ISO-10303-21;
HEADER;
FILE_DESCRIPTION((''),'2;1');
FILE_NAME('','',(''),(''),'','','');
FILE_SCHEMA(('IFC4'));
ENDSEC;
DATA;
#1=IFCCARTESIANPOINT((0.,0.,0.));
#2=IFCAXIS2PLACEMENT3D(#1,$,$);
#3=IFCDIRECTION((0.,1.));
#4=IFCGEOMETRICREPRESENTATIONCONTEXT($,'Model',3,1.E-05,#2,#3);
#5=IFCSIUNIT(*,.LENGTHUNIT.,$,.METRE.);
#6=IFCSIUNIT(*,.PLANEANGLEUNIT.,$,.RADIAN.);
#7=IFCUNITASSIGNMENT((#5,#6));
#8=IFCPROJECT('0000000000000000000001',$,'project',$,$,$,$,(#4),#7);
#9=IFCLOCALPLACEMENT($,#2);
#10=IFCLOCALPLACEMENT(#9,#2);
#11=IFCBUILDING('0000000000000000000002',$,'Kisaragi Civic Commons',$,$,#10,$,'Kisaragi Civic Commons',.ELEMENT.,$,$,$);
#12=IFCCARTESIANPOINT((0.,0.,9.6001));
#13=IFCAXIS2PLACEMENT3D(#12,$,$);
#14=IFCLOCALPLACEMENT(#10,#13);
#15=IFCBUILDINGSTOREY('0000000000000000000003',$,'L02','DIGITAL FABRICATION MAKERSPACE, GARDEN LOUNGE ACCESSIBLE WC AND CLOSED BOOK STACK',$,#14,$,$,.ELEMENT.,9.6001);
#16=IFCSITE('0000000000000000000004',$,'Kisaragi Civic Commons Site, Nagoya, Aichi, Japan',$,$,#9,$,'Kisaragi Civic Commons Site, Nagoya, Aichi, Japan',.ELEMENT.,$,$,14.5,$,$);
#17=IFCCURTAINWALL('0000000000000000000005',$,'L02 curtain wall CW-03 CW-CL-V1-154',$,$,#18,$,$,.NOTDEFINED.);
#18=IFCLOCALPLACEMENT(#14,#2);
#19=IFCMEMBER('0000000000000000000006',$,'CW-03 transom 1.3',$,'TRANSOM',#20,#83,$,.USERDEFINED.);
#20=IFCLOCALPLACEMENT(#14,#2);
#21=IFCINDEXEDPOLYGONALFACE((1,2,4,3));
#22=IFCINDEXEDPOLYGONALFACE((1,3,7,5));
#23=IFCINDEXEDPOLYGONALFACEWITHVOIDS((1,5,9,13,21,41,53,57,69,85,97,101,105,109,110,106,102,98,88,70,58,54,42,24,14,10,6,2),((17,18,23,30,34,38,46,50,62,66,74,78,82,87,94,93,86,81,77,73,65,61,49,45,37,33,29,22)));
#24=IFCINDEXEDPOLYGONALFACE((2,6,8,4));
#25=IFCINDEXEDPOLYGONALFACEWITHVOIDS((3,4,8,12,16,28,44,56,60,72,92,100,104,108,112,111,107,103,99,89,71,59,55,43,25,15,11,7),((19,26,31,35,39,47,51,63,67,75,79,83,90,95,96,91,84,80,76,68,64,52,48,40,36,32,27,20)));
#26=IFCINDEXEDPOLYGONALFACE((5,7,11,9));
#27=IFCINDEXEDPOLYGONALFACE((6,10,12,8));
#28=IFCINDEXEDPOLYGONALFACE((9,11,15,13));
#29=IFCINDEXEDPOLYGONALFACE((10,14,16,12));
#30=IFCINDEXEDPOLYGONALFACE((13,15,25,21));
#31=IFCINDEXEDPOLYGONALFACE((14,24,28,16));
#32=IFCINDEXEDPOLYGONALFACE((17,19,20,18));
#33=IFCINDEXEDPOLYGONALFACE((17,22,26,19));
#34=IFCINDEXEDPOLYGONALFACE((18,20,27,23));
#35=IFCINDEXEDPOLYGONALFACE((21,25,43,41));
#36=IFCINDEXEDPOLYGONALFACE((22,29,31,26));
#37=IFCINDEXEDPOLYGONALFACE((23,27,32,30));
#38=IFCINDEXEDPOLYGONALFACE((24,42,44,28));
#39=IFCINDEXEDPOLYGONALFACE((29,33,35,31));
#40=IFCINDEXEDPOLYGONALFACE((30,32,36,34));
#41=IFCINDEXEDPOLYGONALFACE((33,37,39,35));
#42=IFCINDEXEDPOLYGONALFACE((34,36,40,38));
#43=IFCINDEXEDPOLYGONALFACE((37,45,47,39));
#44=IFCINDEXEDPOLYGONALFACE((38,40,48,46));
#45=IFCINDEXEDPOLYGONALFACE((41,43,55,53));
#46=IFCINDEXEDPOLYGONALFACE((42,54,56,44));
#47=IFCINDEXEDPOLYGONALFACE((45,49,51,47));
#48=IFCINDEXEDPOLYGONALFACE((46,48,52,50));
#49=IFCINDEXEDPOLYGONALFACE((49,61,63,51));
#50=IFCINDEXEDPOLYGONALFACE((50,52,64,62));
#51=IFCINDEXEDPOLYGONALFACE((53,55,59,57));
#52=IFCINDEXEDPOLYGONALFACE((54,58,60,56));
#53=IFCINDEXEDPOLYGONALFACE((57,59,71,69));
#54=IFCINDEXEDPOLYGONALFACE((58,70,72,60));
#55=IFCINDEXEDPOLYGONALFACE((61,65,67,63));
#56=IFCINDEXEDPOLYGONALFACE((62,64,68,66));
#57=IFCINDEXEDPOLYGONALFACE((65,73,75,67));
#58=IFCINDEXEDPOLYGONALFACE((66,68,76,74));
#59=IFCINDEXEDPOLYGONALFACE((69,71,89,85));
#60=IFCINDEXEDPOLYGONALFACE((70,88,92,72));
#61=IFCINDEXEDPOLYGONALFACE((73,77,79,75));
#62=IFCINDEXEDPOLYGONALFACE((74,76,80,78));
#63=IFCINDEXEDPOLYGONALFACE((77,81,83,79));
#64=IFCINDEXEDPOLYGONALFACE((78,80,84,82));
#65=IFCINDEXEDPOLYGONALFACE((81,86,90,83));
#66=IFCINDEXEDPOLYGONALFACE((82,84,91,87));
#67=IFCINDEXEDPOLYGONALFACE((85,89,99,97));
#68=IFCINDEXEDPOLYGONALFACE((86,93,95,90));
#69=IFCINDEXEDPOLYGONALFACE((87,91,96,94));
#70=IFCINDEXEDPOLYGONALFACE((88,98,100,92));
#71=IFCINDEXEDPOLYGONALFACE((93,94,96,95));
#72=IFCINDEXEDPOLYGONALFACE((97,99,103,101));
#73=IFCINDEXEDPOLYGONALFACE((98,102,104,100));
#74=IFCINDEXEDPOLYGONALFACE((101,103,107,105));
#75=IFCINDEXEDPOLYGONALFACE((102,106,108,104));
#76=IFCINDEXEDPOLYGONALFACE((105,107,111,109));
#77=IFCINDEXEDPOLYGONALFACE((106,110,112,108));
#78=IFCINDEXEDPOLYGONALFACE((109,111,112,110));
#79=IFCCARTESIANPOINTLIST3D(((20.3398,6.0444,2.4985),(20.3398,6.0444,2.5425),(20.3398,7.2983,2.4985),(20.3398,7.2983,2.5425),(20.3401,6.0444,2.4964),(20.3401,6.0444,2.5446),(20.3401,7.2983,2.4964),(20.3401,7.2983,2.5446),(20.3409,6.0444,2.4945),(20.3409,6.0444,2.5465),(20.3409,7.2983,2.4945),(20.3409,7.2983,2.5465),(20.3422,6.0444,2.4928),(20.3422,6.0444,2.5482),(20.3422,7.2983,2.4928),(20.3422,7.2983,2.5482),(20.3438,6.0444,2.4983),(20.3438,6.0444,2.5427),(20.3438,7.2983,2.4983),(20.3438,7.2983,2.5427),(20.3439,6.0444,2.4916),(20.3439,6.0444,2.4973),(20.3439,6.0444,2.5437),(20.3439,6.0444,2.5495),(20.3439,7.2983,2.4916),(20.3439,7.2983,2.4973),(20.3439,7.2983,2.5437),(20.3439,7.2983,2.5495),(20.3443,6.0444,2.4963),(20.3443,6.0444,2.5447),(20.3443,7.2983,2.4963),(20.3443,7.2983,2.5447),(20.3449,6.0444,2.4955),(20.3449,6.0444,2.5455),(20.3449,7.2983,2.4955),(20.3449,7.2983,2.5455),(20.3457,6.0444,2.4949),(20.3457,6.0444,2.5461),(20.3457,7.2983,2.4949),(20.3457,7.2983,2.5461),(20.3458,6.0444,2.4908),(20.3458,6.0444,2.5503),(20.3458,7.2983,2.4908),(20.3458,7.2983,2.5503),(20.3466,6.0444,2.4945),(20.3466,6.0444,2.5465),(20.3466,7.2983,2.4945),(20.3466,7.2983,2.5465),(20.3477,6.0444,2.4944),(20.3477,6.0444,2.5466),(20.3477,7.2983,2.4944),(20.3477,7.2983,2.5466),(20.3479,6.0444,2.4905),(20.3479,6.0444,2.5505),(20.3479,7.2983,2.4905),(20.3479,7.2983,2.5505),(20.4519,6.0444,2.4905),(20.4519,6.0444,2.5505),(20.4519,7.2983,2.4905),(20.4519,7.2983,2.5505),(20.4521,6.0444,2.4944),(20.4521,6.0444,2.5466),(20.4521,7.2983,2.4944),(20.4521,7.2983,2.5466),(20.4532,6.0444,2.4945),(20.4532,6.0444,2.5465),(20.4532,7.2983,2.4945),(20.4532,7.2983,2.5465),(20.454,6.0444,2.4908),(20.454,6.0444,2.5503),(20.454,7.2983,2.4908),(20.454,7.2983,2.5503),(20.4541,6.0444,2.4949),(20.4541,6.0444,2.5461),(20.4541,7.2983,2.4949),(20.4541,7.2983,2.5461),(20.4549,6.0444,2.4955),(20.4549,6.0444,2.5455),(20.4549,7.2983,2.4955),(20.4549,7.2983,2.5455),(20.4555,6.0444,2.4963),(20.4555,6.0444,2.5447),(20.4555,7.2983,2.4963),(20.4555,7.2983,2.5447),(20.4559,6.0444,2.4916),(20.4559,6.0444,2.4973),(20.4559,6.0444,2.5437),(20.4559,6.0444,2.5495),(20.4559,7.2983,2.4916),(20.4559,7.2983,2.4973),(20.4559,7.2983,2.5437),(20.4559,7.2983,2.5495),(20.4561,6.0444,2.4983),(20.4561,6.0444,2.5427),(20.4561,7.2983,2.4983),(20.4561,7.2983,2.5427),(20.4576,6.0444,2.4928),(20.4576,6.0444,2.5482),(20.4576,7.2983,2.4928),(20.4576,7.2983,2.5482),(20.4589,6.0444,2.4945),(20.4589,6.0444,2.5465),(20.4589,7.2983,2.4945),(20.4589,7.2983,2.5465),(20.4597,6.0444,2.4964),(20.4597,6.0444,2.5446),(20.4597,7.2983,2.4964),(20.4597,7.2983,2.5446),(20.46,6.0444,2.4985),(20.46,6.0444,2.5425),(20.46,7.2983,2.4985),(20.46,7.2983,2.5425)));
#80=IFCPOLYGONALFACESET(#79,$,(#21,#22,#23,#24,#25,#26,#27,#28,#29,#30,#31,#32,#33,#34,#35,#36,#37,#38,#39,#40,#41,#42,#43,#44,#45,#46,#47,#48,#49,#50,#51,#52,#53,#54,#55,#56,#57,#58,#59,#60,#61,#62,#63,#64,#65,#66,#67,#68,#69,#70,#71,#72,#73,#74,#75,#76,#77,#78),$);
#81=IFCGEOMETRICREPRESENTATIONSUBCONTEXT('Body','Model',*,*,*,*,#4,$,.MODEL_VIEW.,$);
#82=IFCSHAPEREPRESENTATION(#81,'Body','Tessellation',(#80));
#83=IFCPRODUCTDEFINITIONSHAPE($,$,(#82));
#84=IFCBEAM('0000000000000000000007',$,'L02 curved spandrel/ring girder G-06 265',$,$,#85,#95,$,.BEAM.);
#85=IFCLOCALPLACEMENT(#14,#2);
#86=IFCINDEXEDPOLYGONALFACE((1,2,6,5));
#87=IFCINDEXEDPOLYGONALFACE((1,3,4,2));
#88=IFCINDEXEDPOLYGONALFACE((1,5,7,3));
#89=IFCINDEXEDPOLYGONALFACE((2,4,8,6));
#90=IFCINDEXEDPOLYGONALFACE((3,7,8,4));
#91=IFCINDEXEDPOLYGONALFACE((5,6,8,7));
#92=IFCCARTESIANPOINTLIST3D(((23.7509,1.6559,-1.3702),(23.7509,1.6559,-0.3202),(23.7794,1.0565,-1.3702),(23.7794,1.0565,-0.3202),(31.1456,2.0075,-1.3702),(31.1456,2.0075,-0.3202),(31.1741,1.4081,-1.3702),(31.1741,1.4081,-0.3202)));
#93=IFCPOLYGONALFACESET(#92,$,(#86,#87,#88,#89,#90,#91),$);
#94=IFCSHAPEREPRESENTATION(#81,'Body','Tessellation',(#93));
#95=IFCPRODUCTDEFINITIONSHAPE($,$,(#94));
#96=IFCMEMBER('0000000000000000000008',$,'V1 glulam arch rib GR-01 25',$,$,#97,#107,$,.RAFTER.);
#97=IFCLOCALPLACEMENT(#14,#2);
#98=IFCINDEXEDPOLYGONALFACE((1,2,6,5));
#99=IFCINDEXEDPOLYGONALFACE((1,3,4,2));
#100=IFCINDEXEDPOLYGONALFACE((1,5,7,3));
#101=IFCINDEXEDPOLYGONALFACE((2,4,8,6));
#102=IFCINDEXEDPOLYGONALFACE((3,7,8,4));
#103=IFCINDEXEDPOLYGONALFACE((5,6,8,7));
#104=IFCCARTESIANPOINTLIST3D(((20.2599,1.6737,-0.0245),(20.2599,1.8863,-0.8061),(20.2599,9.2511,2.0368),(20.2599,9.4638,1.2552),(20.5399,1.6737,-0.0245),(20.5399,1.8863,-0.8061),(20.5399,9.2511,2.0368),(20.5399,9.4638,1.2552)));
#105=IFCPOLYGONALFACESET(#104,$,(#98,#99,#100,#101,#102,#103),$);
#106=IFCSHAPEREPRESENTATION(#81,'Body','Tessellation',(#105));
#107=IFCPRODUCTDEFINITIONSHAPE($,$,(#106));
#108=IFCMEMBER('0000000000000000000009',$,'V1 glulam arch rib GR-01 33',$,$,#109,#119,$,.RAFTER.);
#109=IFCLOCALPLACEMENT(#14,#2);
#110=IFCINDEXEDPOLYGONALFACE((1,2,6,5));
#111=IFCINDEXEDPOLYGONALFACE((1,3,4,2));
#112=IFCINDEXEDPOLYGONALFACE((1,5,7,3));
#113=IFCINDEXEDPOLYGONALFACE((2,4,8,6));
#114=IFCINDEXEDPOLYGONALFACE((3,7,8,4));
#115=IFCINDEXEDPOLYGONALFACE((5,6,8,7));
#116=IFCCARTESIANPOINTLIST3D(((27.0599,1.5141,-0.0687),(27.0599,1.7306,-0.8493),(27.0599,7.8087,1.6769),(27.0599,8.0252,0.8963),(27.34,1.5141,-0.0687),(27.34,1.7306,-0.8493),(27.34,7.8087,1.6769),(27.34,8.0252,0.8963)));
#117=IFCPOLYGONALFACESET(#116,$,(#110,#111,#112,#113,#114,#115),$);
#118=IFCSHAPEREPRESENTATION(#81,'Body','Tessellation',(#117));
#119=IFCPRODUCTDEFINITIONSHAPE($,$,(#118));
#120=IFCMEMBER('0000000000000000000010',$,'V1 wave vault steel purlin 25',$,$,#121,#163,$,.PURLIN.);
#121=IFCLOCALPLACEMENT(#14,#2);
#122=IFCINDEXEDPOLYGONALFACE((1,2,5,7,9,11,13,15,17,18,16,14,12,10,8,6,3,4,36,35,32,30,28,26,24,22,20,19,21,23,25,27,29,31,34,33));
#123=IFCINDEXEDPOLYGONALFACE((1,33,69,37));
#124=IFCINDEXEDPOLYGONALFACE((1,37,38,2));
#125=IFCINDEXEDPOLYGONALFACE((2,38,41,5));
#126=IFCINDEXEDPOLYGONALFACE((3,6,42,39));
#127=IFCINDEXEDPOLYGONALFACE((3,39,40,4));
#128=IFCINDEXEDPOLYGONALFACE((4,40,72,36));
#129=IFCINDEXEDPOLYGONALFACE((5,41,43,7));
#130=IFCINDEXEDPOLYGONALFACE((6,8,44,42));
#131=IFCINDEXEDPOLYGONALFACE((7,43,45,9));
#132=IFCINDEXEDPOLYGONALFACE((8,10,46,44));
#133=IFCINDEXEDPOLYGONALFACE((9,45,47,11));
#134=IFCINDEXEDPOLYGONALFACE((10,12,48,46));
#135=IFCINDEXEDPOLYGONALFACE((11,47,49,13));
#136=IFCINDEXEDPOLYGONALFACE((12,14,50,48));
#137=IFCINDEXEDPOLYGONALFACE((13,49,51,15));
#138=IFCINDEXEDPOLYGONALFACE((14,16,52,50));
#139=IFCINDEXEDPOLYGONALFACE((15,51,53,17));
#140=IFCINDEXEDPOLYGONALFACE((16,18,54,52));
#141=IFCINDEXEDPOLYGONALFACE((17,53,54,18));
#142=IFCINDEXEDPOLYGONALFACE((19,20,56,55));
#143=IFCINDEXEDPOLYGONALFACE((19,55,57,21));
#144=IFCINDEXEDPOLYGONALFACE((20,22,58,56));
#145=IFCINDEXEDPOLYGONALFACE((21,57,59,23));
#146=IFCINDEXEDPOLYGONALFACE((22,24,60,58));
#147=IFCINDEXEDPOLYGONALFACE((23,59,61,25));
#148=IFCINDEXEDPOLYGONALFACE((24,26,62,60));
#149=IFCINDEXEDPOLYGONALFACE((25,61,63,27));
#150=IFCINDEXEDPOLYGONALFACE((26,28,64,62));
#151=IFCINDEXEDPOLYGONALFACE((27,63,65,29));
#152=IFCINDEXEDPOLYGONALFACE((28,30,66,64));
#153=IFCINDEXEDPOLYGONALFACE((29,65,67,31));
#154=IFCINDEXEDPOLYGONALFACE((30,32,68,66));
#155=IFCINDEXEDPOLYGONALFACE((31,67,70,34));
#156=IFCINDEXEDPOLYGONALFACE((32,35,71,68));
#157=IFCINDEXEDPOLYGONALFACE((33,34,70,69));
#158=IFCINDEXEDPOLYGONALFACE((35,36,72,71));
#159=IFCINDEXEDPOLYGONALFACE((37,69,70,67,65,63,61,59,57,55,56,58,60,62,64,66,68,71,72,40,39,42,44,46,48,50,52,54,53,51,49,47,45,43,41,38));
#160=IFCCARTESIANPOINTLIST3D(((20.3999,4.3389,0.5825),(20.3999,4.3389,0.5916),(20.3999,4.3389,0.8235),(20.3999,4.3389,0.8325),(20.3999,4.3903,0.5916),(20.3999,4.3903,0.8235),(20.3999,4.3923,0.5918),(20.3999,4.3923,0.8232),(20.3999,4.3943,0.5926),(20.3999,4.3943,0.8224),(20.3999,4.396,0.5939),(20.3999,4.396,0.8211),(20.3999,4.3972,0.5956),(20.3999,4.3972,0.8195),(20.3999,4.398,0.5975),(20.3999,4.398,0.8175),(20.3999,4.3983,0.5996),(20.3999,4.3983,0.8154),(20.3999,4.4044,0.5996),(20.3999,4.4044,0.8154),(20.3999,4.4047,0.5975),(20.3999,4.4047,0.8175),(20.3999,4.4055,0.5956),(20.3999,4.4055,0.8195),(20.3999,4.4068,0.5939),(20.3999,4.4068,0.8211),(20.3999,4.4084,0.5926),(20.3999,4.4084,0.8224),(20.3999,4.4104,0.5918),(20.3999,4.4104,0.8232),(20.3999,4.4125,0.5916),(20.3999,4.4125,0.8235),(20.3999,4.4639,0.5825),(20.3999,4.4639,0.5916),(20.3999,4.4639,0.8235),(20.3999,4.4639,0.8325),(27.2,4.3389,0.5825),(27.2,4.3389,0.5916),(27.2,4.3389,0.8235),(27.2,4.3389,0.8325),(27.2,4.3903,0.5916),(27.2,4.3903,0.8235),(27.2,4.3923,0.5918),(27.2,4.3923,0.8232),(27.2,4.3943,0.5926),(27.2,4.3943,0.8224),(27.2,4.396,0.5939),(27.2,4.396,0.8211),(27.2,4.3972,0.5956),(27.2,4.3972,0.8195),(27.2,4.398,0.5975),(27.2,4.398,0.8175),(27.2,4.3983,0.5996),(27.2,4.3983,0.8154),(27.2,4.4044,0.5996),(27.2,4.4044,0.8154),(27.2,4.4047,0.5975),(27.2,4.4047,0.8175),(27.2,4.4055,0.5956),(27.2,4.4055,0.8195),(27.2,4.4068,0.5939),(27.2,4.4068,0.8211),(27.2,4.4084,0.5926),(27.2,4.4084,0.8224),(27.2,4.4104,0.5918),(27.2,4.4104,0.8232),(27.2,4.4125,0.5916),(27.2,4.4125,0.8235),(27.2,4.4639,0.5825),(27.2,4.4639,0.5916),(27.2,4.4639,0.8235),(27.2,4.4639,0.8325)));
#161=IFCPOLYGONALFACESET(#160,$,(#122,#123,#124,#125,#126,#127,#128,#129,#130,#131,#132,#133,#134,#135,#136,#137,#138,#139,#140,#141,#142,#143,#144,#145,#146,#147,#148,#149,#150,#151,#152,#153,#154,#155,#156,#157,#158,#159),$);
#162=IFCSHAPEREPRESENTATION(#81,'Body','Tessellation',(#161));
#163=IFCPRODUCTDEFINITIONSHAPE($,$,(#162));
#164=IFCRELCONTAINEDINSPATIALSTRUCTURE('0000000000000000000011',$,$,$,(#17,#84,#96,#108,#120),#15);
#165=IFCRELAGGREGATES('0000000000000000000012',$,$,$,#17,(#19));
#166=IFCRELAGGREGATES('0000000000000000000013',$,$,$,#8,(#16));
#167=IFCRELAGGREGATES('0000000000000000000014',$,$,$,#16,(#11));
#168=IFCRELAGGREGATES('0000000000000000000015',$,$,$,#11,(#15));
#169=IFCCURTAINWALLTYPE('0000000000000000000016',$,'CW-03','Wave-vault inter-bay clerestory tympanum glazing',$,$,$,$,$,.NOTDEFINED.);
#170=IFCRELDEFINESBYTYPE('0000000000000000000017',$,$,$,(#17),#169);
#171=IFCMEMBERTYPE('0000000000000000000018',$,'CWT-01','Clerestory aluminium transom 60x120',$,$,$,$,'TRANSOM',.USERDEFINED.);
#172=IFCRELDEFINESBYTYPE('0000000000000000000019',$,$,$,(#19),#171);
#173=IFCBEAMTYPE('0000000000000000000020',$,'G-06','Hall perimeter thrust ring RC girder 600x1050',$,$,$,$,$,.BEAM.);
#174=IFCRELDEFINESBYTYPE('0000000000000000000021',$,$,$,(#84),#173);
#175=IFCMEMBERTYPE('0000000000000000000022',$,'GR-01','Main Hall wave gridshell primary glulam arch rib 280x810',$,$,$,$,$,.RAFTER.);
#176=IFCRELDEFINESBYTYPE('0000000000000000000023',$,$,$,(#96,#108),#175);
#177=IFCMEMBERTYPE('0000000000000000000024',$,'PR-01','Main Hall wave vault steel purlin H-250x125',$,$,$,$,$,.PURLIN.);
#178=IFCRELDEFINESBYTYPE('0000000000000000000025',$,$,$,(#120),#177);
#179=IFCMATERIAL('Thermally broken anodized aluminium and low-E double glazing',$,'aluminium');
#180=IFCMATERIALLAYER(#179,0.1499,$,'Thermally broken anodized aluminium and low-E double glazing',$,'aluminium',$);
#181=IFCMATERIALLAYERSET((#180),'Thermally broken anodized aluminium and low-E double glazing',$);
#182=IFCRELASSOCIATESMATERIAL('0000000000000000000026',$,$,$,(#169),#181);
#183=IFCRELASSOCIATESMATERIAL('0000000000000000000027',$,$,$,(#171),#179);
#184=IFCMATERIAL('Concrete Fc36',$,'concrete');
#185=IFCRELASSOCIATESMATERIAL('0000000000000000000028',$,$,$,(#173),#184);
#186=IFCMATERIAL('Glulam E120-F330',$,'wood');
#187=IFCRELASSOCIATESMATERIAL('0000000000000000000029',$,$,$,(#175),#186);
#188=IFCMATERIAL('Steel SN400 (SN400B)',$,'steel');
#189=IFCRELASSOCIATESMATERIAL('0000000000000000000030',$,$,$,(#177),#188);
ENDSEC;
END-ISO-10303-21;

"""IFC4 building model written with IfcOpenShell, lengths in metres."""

from ifc_helpers import new_model, si_unit, direction, frame, origin, origin_2d, place, context, subcontext, project, spatial, rectangle, hollow_rectangle, i_section, extrude, material, layer, layer_set, material_profile, profile_set, type_object, element, aggregate, save


model = new_model("IFC4")

# Units and contexts
model_context = context("Model", 3, precision=1e-05, world=origin(), true_north=direction((0.0, 1.0)))
body_context = subcontext(model_context, "Body", "Model", "MODEL_VIEW")
ifc_project = project(units=[si_unit("LENGTHUNIT", "METRE"), si_unit("PLANEANGLEUNIT", "RADIAN")], contexts=[model_context])

# Site, building, storey
site_placement = place(None, origin())
site = spatial("IfcSite", under=ifc_project, at=site_placement, Name="Kisaragi Civic Commons Site, Nagoya, Aichi, Japan", LongName="Kisaragi Civic Commons Site, Nagoya, Aichi, Japan", CompositionType="ELEMENT", RefElevation=14.5)
building_placement = place(site_placement, origin())
building = spatial("IfcBuilding", under=site, at=building_placement, Name="Kisaragi Civic Commons", LongName="Kisaragi Civic Commons", CompositionType="ELEMENT")
storey_placement = place(building_placement, frame((0.0, 0.0, 9.6001)))
storey = spatial("IfcBuildingStorey", under=building, at=storey_placement, Name="L02", Description="DIGITAL FABRICATION MAKERSPACE, GARDEN LOUNGE ACCESSIBLE WC AND CLOSED BOOK STACK", CompositionType="ELEMENT", Elevation=9.6001)

# Shared definitions
ifc_material_1 = material(Name="Thermally broken anodized aluminium and low-E double glazing", Category="aluminium")
ifc_layer_1 = layer(ifc_material_1, 0.1499, Name="Thermally broken anodized aluminium and low-E double glazing", Category="aluminium")
ifc_layer_set_1 = layer_set([ifc_layer_1], Name="Thermally broken anodized aluminium and low-E double glazing")
curtain_wall_type = type_object("IfcCurtainWallType", Name="CW-03", Description="Wave-vault inter-bay clerestory tympanum glazing", PredefinedType="NOTDEFINED", material=ifc_layer_set_1)

# Curtain wall
curtain_wall_1_placement = place(storey_placement, origin())
curtain_wall_1 = element("IfcCurtainWall", 1, at=curtain_wall_1_placement, inside=storey, type_object=curtain_wall_type, Name="L02 curtain wall CW-03 CW-CL-V1-154", PredefinedType="NOTDEFINED")

# Member
ifc_material_profile_1 = material_profile(ifc_material_1, hollow_rectangle(XDim=0.1201, YDim=0.0601, WallThickness=0.0039, InnerFilletRadius=0.0039, OuterFilletRadius=0.0081, at=origin_2d()), Name="CWT-60x120x4", Category="aluminium")
ifc_profile_set_1 = profile_set([ifc_material_profile_1], Name="Thermally broken anodized aluminium and low-E double glazing")
member_type_1 = type_object("IfcMemberType", Name="CWT-01", Description="Clerestory aluminium transom 60x120", ElementType="TRANSOM", PredefinedType="USERDEFINED", material=ifc_profile_set_1)
member_1_placement = place(storey_placement, frame((20.3999, 6.0444, 2.5205), z_axis=(0.0, 1.0, 0.0), x_axis=(-1.0, 0.0, 0.0)))
member_1 = element("IfcMember", 2, at=member_1_placement, type_object=member_type_1, Name="CW-03 transom 1.3", ObjectType="TRANSOM", PredefinedType="USERDEFINED", context=body_context, shape_type="SweptSolid", body=[
    extrude(hollow_rectangle(XDim=0.1201, YDim=0.0601, WallThickness=0.0039, InnerFilletRadius=0.0039, OuterFilletRadius=0.0081, at=origin_2d()), origin(), (0.0, 0.0, 1.0), 1.2539),
])
aggregate(curtain_wall_1, [member_1])

# Beam
ifc_material_2 = material(Name="Concrete Fc36", Category="concrete")
ifc_material_profile_2 = material_profile(ifc_material_2, rectangle(XDim=0.6001, YDim=1.05, at=origin_2d()), Name="RC-600x1050", Category="concrete")
ifc_profile_set_2 = profile_set([ifc_material_profile_2], Name="Concrete Fc36")
beam_type = type_object("IfcBeamType", Name="G-06", Description="Hall perimeter thrust ring RC girder 600x1050", PredefinedType="BEAM", material=ifc_profile_set_2)
beam_placement = place(storey_placement, frame((23.7651, 1.3562, -0.8452), z_axis=(0.998872, 0.047488, 0.0), x_axis=(-0.047488, 0.998872, 0.0)))
element("IfcBeam", 3, at=beam_placement, inside=storey, type_object=beam_type, Name="L02 curved spandrel/ring girder G-06 265", PredefinedType="BEAM", context=body_context, shape_type="SweptSolid", body=[
    extrude(rectangle(XDim=0.6001, YDim=1.05, at=origin_2d()), origin(), (0.0, 0.0, 1.0), 7.4031),
])

# Members
ifc_material_3 = material(Name="Glulam E120-F330", Category="wood")
ifc_material_profile_3 = material_profile(ifc_material_3, rectangle(XDim=0.28, YDim=0.8101, at=origin_2d()), Name="GL-280x810", Category="wood")
ifc_profile_set_3 = profile_set([ifc_material_profile_3], Name="Glulam E120-F330")
member_type_2 = type_object("IfcMemberType", Name="GR-01", Description="Main Hall wave gridshell primary glulam arch rib 280x810", PredefinedType="RAFTER", material=ifc_profile_set_3)
member_2_placement = place(storey_placement, frame((20.3999, 1.78, -0.4153), z_axis=(0.0, 0.964934, 0.262491), x_axis=(-1.0, 0.0, 0.0)))
element("IfcMember", 4, at=member_2_placement, inside=storey, type_object=member_type_2, Name="V1 glulam arch rib GR-01 25", PredefinedType="RAFTER", context=body_context, shape_type="SweptSolid", body=[
    extrude(rectangle(XDim=0.28, YDim=0.8101, at=origin_2d()), origin(), (0.0, 0.0, 1.0), 7.8528),
])
member_3_placement = place(storey_placement, frame((27.2, 1.6223, -0.459), z_axis=(0.0, 0.963633, 0.267229), x_axis=(-1.0, 0.0, 0.0)))
element("IfcMember", 5, at=member_3_placement, inside=storey, type_object=member_type_2, Name="V1 glulam arch rib GR-01 33", PredefinedType="RAFTER", context=body_context, shape_type="SweptSolid", body=[
    extrude(rectangle(XDim=0.28, YDim=0.8101, at=origin_2d()), origin(), (0.0, 0.0, 1.0), 6.5322),
])
ifc_material_4 = material(Name="Steel SN400 (SN400B)", Category="steel")
ifc_material_profile_4 = material_profile(ifc_material_4, i_section(OverallWidth=0.125, OverallDepth=0.25, WebThickness=0.0061, FlangeThickness=0.009, FilletRadius=0.0081, at=origin_2d()), Name="H-250x125x6x9", Category="steel")
ifc_profile_set_4 = profile_set([ifc_material_profile_4], Name="Steel SN400 (SN400B)")
member_type_3 = type_object("IfcMemberType", Name="PR-01", Description="Main Hall wave vault steel purlin H-250x125", PredefinedType="PURLIN", material=ifc_profile_set_4)
for number, where, z_axis, x_axis, name in (
    (6, (20.3999, 4.4014, 0.7075), (1.0, 0.0, 0.0), (0.0, 1.0, 0.0), "V1 wave vault steel purlin 25"),
):
    element("IfcMember", number, at=place(storey_placement, frame(where, z_axis=z_axis, x_axis=x_axis)), inside=storey, type_object=member_type_3, Name=name, PredefinedType="PURLIN", context=body_context, shape_type="SweptSolid", body=[
        extrude(i_section(OverallWidth=0.125, OverallDepth=0.25, WebThickness=0.0061, FlangeThickness=0.009, FilletRadius=0.0081, at=origin_2d()), origin(), (0.0, 0.0, 1.0), 6.8),
    ])

save(model, "model.ifc")
